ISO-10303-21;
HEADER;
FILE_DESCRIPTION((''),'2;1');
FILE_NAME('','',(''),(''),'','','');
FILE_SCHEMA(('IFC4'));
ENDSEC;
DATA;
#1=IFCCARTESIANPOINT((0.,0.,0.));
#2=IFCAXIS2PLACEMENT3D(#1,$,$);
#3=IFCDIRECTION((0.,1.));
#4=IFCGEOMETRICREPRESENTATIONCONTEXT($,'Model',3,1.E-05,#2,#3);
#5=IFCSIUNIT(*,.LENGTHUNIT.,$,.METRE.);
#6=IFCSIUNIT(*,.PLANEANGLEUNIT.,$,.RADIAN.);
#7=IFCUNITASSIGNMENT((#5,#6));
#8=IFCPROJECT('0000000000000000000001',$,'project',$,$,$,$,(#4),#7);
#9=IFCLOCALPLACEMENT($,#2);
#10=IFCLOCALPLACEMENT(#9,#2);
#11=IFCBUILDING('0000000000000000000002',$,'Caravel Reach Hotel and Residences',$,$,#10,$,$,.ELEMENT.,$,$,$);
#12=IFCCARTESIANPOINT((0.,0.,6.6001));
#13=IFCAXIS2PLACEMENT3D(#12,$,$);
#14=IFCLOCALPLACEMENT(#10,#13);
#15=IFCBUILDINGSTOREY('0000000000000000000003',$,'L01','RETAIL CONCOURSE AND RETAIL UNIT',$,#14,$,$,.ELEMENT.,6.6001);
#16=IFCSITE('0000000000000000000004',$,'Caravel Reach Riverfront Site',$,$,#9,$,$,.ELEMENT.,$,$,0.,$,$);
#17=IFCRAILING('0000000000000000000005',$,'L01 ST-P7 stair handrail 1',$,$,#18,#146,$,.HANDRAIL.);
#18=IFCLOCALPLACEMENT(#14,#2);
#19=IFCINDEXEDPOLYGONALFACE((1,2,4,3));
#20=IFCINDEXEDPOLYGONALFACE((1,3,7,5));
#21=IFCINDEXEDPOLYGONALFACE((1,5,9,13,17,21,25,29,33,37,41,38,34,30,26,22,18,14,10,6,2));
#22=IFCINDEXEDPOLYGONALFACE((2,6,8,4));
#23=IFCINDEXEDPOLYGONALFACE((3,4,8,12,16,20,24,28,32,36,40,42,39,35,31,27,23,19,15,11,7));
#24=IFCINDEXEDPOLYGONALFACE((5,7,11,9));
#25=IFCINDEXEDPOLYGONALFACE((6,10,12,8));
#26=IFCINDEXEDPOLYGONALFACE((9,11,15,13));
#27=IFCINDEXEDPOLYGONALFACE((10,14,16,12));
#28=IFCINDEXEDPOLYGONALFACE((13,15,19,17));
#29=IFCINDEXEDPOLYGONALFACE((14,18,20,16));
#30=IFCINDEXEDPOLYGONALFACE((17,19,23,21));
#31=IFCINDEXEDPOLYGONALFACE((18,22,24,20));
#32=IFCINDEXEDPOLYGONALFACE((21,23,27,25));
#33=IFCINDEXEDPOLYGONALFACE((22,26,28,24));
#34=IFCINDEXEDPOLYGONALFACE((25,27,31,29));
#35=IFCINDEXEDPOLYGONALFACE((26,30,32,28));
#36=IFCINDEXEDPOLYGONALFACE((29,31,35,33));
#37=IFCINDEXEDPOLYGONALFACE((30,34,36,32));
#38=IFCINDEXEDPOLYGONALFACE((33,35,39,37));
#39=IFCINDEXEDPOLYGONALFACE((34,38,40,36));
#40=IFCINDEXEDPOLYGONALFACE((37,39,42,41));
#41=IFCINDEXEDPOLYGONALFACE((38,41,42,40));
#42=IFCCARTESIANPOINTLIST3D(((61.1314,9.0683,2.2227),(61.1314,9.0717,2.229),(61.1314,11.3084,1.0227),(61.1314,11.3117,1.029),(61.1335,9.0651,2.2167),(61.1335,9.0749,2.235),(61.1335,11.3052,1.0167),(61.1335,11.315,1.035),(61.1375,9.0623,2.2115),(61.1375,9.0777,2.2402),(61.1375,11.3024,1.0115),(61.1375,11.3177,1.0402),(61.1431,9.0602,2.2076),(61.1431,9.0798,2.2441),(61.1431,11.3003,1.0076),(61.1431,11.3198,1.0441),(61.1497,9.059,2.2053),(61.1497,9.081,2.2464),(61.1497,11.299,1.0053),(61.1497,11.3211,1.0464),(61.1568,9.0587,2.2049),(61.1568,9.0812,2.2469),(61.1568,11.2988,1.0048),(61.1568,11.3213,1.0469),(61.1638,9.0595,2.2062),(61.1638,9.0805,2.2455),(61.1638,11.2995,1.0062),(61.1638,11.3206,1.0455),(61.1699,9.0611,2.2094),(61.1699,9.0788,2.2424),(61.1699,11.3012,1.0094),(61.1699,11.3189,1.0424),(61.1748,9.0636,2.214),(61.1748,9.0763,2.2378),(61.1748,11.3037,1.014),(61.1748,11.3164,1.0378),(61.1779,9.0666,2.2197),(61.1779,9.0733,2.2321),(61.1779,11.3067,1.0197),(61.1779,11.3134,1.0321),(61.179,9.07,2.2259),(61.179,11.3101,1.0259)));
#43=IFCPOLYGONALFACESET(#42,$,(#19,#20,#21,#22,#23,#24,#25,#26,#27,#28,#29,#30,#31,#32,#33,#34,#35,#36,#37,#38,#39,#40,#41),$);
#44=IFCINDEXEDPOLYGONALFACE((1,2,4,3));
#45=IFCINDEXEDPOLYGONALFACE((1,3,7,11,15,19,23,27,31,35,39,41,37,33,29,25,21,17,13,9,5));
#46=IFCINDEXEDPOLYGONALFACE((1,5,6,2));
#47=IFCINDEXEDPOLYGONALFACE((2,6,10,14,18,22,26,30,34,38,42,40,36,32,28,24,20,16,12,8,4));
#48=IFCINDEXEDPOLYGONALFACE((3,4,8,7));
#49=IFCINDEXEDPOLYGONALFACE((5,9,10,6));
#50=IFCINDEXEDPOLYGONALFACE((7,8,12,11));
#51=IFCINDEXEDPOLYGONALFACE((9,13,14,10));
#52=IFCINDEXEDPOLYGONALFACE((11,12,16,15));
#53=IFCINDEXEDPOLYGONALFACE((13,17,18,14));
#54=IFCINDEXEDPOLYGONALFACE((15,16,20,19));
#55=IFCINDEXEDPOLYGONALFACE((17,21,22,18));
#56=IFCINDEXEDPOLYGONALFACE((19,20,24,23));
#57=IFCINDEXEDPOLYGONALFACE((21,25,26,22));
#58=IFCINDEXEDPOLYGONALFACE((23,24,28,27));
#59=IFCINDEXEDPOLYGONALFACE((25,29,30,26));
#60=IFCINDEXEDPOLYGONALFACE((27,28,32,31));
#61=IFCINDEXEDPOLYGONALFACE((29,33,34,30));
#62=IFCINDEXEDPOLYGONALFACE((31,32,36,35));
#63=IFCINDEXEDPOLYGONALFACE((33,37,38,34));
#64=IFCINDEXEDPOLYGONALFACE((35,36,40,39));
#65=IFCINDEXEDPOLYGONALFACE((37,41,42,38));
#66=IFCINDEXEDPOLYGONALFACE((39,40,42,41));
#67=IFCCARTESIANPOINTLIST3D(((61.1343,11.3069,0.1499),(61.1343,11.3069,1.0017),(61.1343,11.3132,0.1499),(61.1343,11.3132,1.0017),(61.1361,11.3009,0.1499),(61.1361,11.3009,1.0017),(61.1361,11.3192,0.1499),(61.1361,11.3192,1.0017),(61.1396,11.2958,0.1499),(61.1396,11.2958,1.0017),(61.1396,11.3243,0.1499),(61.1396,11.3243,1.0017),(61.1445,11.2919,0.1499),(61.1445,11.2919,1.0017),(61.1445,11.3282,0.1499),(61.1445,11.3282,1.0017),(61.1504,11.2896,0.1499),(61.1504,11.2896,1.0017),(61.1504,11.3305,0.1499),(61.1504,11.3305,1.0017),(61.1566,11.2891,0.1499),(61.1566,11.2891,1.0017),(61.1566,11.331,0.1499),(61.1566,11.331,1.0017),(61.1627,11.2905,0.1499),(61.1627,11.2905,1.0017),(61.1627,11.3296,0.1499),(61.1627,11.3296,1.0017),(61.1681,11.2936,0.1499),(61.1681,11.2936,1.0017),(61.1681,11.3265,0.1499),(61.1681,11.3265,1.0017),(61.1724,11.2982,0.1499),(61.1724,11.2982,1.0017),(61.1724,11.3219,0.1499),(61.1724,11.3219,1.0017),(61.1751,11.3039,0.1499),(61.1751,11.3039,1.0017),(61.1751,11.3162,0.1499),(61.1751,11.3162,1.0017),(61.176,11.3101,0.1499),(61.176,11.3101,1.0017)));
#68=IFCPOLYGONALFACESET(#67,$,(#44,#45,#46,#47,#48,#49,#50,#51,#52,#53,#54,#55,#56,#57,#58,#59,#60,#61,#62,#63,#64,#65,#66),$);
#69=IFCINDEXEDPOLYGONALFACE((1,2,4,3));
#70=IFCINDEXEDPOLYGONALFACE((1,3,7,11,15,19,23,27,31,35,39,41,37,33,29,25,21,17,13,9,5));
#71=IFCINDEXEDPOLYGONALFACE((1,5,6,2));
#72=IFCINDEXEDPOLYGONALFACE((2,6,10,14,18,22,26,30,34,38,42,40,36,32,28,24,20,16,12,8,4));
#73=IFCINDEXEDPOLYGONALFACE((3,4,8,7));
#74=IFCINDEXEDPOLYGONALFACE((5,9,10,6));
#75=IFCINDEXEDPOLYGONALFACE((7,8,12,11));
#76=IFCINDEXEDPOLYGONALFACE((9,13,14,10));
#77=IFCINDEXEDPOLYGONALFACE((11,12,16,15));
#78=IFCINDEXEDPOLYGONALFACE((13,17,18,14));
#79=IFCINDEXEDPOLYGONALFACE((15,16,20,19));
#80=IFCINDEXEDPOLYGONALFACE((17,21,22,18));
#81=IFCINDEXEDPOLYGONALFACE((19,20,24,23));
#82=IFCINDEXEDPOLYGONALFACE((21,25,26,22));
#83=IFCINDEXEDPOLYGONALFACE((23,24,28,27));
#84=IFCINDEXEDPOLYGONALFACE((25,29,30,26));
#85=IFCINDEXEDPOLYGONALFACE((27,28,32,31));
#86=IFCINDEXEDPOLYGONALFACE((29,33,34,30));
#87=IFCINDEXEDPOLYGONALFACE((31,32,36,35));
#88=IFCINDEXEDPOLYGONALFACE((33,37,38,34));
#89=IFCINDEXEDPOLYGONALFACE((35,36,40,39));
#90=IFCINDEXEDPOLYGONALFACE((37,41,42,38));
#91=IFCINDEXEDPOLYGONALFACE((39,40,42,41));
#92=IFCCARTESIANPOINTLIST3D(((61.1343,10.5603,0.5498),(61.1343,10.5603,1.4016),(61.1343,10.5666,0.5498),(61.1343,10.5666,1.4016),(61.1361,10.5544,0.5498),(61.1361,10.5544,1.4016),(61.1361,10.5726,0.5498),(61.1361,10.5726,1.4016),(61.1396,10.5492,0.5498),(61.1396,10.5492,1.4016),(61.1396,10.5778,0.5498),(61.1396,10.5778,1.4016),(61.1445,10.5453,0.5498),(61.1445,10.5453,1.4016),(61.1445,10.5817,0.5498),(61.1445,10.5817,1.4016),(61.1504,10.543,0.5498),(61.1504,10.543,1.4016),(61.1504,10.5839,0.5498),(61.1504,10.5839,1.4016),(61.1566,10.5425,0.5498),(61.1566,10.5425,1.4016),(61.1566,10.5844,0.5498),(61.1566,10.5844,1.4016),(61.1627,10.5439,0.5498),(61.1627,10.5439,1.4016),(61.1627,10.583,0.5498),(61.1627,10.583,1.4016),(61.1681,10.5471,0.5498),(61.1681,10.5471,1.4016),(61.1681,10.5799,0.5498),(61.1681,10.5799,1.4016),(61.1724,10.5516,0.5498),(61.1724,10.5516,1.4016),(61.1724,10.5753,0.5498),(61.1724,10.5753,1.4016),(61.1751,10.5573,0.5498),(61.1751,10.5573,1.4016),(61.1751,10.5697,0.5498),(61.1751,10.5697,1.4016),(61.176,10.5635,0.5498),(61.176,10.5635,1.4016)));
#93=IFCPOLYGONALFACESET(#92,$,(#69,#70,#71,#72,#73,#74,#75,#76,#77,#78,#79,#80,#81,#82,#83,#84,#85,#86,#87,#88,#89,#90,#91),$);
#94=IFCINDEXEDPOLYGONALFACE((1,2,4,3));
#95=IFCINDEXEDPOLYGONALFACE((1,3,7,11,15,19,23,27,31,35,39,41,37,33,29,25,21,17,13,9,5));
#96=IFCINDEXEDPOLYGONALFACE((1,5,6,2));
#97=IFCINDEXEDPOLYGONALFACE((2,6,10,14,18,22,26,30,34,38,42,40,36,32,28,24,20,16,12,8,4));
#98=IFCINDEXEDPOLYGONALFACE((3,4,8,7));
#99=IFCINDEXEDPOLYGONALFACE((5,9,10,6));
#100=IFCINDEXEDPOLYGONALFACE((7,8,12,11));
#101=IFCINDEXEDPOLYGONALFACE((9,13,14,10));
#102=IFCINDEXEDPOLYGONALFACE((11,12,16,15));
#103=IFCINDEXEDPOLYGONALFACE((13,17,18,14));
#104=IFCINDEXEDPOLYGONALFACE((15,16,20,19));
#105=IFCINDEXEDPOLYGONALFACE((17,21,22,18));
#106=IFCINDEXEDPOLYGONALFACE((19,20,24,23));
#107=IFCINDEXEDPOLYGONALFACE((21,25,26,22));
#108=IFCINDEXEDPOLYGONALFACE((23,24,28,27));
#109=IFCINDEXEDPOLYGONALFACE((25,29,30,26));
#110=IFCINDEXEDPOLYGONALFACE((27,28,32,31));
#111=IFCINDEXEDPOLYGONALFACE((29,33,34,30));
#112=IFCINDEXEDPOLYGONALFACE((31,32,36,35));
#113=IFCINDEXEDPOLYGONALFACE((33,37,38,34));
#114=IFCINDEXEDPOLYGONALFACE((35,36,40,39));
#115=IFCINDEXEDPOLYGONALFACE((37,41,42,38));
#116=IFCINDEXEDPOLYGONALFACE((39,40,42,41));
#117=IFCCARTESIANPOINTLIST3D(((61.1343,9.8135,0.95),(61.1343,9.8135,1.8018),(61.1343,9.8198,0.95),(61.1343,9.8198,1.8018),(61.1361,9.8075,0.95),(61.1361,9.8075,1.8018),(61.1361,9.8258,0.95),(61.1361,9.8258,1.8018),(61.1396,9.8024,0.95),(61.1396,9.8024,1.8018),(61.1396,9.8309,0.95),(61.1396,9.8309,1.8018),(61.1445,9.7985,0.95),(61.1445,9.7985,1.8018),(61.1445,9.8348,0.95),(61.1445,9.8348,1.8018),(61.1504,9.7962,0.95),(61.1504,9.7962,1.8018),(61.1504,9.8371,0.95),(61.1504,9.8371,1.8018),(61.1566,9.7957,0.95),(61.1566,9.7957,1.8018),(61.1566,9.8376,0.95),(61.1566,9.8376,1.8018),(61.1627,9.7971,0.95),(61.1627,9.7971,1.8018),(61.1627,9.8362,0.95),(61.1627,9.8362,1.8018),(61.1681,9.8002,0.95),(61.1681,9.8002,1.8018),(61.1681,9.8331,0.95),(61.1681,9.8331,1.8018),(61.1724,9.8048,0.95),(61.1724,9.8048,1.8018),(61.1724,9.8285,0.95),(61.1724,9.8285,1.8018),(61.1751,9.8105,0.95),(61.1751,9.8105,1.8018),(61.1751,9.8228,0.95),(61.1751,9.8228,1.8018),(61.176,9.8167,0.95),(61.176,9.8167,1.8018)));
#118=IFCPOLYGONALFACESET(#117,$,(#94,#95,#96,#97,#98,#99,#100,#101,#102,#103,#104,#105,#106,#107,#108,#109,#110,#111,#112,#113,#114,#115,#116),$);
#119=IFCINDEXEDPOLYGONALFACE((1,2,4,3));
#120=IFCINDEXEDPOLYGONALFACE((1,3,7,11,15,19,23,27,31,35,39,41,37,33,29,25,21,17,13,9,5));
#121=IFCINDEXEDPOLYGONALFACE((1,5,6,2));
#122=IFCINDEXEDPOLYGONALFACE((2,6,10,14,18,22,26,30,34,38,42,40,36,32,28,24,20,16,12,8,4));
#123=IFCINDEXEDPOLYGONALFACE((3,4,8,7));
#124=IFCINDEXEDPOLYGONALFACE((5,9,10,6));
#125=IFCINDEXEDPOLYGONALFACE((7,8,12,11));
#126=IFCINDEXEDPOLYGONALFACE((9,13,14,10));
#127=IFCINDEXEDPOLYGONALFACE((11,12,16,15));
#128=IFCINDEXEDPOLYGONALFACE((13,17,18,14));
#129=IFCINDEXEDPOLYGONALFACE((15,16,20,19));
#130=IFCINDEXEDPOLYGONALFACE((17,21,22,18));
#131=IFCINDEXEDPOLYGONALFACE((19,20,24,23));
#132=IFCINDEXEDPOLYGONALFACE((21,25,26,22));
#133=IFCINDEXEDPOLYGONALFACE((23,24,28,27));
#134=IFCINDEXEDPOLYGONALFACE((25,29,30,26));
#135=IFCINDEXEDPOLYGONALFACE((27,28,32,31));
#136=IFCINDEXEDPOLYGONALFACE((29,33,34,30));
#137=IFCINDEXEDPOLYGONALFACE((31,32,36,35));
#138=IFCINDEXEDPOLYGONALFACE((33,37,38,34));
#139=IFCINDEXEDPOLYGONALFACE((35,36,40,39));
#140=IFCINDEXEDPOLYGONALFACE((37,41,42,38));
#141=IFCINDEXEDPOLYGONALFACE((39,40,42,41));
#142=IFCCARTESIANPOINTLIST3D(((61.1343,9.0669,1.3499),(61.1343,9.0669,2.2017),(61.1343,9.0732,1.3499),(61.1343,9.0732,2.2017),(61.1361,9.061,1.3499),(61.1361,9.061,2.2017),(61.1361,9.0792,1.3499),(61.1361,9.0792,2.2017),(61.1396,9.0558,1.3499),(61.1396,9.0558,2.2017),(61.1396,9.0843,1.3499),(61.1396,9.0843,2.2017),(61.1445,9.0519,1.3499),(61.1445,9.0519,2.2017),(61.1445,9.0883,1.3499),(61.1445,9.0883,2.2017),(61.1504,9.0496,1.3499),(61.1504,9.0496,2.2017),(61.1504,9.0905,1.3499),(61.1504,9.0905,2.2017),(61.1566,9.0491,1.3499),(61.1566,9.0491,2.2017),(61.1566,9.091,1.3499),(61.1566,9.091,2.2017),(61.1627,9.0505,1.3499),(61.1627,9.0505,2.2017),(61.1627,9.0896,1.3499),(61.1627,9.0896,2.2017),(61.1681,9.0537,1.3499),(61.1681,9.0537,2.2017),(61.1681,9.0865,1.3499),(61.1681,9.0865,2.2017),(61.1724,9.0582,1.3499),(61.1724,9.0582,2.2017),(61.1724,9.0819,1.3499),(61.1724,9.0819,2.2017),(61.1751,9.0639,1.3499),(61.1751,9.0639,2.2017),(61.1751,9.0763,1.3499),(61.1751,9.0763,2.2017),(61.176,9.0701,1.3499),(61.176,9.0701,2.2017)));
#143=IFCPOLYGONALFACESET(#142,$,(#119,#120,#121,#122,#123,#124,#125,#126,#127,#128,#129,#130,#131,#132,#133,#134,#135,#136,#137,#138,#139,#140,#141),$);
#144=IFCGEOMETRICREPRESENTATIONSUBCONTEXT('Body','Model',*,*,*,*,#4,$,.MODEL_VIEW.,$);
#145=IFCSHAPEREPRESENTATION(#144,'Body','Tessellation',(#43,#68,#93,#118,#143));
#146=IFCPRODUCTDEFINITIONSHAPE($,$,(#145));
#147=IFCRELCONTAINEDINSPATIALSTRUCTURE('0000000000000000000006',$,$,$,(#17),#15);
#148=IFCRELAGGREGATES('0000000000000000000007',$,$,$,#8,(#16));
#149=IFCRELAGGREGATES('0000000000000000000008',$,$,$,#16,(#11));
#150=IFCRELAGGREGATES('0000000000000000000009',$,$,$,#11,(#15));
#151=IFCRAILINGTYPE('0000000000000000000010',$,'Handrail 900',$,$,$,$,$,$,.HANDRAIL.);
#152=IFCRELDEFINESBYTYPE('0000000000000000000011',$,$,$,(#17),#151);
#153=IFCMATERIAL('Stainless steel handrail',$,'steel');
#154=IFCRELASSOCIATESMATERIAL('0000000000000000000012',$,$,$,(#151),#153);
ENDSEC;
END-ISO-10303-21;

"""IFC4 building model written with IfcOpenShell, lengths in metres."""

from ifc_helpers import new_model, si_unit, direction, frame, origin, origin_2d, place, context, subcontext, project, spatial, circle, extrude, material, type_object, element, save


model = new_model("IFC4")

# Units and contexts
model_context = context("Model", 3, precision=1e-05, world=origin(), true_north=direction((0.0, 1.0)))
body_context = subcontext(model_context, "Body", "Model", "MODEL_VIEW")
ifc_project = project(units=[si_unit("LENGTHUNIT", "METRE"), si_unit("PLANEANGLEUNIT", "RADIAN")], contexts=[model_context])

# Site, building, storey
site_placement = place(None, origin())
site = spatial("IfcSite", under=ifc_project, at=site_placement, Name="Caravel Reach Riverfront Site", CompositionType="ELEMENT", RefElevation=0.0)
building_placement = place(site_placement, origin())
building = spatial("IfcBuilding", under=site, at=building_placement, Name="Caravel Reach Hotel and Residences", CompositionType="ELEMENT")
storey_placement = place(building_placement, frame((0.0, 0.0, 6.6001)))
storey = spatial("IfcBuildingStorey", under=building, at=storey_placement, Name="L01", Description="RETAIL CONCOURSE AND RETAIL UNIT", CompositionType="ELEMENT", Elevation=6.6001)

# Railing
ifc_material_1 = material(Name="Stainless steel handrail", Category="steel")
railing_type_1 = type_object("IfcRailingType", Name="Handrail 900", PredefinedType="HANDRAIL", material=ifc_material_1)
for number, where, name in (
    (1, (61.155, 11.3101, 0.1499), "L01 ST-P7 stair handrail 1"),
):
    element("IfcRailing", number, at=place(storey_placement, frame(where)), inside=storey, type_object=railing_type_1, Name=name, PredefinedType="HANDRAIL", context=body_context, shape_type="SweptSolid", body=[
        extrude(circle(Radius=0.0239, at=origin_2d()), frame((0.0, 0.0, 0.876), z_axis=(0.0, -0.881487, 0.472208), x_axis=(1.0, 0.0, 0.0)), (0.0, 0.0, 1.0), 2.5413),
        extrude(circle(Radius=0.021, at=origin_2d()), origin(), (0.0, 0.0, 1.0), 0.8518),
        extrude(circle(Radius=0.021, at=origin_2d()), frame((0.0, -0.7466, 0.3999)), (0.0, 0.0, 1.0), 0.8518),
        extrude(circle(Radius=0.021, at=origin_2d()), frame((0.0, -1.4934, 0.8)), (0.0, 0.0, 1.0), 0.8518),
        extrude(circle(Radius=0.021, at=origin_2d()), frame((0.0, -2.24, 1.2)), (0.0, 0.0, 1.0), 0.8518),
    ])

save(model, "model.ifc")
